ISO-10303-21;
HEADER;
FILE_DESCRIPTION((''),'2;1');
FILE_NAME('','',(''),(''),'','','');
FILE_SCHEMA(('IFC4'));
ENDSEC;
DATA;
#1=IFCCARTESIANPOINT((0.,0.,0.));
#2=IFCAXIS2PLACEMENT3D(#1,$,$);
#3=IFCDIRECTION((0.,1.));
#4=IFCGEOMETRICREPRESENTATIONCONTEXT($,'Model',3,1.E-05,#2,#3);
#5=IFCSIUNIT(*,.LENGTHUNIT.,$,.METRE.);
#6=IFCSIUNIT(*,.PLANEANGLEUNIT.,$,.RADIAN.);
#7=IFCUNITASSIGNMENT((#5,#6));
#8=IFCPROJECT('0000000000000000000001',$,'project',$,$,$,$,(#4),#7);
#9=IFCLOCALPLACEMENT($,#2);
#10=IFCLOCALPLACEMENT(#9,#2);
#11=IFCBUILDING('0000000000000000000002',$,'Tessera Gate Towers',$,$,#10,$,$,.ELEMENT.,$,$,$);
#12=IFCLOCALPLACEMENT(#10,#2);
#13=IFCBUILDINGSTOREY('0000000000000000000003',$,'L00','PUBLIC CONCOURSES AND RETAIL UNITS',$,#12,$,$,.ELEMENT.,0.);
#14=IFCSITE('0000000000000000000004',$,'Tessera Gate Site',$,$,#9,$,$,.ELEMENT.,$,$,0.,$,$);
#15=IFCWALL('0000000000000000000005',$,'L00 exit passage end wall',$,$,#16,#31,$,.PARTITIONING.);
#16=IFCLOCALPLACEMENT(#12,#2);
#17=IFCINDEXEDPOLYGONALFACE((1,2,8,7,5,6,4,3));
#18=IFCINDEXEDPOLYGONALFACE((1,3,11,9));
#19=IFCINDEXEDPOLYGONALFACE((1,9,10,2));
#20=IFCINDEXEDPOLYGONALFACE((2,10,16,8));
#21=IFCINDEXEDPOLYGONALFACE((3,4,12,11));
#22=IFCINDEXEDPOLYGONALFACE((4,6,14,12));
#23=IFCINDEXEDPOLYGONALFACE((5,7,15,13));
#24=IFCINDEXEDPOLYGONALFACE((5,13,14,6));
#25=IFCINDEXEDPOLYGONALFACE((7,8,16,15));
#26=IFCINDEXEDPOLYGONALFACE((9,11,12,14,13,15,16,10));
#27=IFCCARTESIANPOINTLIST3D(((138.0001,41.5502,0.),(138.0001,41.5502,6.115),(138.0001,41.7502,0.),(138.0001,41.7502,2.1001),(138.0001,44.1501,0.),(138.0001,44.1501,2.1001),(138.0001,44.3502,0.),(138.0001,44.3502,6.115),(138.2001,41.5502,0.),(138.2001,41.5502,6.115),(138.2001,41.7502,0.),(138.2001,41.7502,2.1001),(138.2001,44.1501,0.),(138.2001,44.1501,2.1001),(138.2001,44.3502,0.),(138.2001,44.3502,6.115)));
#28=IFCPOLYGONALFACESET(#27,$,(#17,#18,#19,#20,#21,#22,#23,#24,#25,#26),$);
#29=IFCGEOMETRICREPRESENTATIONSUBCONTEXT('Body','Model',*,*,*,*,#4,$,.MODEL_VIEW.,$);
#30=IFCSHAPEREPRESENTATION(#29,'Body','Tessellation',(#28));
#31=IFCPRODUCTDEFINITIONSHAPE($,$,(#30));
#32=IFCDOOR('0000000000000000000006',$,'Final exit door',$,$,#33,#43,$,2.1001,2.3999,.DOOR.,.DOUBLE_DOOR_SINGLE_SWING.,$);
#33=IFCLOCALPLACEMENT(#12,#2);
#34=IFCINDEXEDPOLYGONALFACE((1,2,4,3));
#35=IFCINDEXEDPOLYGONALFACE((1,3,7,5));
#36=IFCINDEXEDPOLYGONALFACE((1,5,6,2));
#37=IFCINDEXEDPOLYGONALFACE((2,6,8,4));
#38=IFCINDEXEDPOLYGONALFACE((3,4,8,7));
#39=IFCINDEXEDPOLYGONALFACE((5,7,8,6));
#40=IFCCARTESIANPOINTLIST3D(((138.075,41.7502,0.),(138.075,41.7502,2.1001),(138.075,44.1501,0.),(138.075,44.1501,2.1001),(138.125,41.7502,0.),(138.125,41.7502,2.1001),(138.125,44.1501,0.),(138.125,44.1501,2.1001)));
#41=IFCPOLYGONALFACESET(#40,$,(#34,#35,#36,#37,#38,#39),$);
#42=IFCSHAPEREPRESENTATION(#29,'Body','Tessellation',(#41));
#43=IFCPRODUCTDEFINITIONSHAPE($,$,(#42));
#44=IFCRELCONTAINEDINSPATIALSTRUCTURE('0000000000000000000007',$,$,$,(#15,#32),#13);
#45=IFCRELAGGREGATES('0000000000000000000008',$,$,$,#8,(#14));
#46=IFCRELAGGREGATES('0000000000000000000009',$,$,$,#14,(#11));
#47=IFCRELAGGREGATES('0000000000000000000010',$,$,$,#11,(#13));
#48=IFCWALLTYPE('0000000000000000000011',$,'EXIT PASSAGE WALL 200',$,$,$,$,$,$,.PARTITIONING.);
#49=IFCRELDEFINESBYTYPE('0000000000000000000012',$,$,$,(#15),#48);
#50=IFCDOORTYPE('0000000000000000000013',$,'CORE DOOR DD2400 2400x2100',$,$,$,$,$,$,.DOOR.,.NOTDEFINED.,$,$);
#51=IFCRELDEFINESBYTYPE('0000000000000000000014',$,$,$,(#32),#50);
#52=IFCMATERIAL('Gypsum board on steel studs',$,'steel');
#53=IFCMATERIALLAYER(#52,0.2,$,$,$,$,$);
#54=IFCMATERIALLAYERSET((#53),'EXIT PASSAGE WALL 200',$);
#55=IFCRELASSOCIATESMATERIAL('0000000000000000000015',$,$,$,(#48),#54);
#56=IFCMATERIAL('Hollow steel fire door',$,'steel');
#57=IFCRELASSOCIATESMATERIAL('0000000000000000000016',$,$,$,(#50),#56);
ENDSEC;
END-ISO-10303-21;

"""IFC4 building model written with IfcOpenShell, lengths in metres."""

from ifc_helpers import new_model, si_unit, direction, frame, frame_2d, origin, place, context, subcontext, project, spatial, rectangle, extrude, source, transform, mapped, material, layer, layer_set, type_object, element, fill, save


model = new_model("IFC4")

# Units and contexts
model_context = context("Model", 3, precision=1e-05, world=origin(), true_north=direction((0.0, 1.0)))
body_context = subcontext(model_context, "Body", "Model", "MODEL_VIEW")
ifc_project = project(units=[si_unit("LENGTHUNIT", "METRE"), si_unit("PLANEANGLEUNIT", "RADIAN")], contexts=[model_context])

# Site, building, storey
site_placement = place(None, origin())
site = spatial("IfcSite", under=ifc_project, at=site_placement, Name="Tessera Gate Site", CompositionType="ELEMENT", RefElevation=0.0)
building_placement = place(site_placement, origin())
building = spatial("IfcBuilding", under=site, at=building_placement, Name="Tessera Gate Towers", CompositionType="ELEMENT")
storey_placement = place(building_placement, origin())
storey = spatial("IfcBuildingStorey", under=building, at=storey_placement, Name="L00", Description="PUBLIC CONCOURSES AND RETAIL UNITS", CompositionType="ELEMENT", Elevation=0.0)

# Wall, opening, door
ifc_material_1 = material(Name="Gypsum board on steel studs", Category="steel")
ifc_layer_1 = layer(ifc_material_1, 0.2)
ifc_layer_set_1 = layer_set([ifc_layer_1], Name="EXIT PASSAGE WALL 200")
wall_type_1 = type_object("IfcWallType", Name="EXIT PASSAGE WALL 200", PredefinedType="PARTITIONING", material=ifc_layer_set_1)
wall_1_placement = place(storey_placement, frame((138.1001, 44.3501, 0.0), z_axis=(0.0, 0.0, 1.0), x_axis=(0.0, -1.0, 0.0)))
wall_1 = element("IfcWall", 1, at=wall_1_placement, inside=storey, type_object=wall_type_1, Name="L00 exit passage end wall", PredefinedType="PARTITIONING", context=body_context, shape_type="SweptSolid", body=[
    extrude(rectangle(XDim=2.8, YDim=0.2, at=frame_2d((1.3999, 0.0))), origin(), (0.0, 0.0, 1.0), 6.115),
])
shared_shape_1 = source(origin(), body_context, "Body", "SweptSolid", [
    extrude(rectangle(XDim=2.3999, YDim=2.1001, at=frame_2d((1.2, 1.05))), frame((0.0, 0.1099, 0.0), z_axis=(0.0, -1.0, 0.0), x_axis=(1.0, 0.0, 0.0)), (0.0, 0.0, 1.0), 0.22),
])
opening_1_placement = place(wall_1_placement, frame((0.2, 0.0, 0.0)))
opening_1 = element("IfcOpeningElement", 2, at=opening_1_placement, cuts=wall_1, PredefinedType="OPENING", context=body_context, shape_type="MappedRepresentation", body=[
    mapped(shared_shape_1, transform((0.0, 0.0, 0.0), scale=1.0)),
])
ifc_material_2 = material(Name="Hollow steel fire door", Category="steel")
door_type_1 = type_object("IfcDoorType", Name="CORE DOOR DD2400 2400x2100", OperationType="NOTDEFINED", PredefinedType="DOOR", material=ifc_material_2)
shared_shape_2 = source(origin(), body_context, "Body", "SweptSolid", [
    extrude(rectangle(XDim=2.3999, YDim=2.1001, at=frame_2d((1.2, 1.05))), frame((0.0, 0.0249, 0.0), z_axis=(0.0, -1.0, 0.0), x_axis=(1.0, 0.0, 0.0)), (0.0, 0.0, 1.0), 0.05),
])
door_1_placement = place(opening_1_placement, origin())
door_1 = element("IfcDoor", 3, at=door_1_placement, inside=storey, type_object=door_type_1, Name="Final exit door", OperationType="DOUBLE_DOOR_SINGLE_SWING", OverallHeight=2.1001, OverallWidth=2.3999, PredefinedType="DOOR", context=body_context, shape_type="MappedRepresentation", body=[
    mapped(shared_shape_2, transform((0.0, 0.0, 0.0), scale=1.0)),
])
fill(opening_1, door_1)

save(model, "model.ifc")
